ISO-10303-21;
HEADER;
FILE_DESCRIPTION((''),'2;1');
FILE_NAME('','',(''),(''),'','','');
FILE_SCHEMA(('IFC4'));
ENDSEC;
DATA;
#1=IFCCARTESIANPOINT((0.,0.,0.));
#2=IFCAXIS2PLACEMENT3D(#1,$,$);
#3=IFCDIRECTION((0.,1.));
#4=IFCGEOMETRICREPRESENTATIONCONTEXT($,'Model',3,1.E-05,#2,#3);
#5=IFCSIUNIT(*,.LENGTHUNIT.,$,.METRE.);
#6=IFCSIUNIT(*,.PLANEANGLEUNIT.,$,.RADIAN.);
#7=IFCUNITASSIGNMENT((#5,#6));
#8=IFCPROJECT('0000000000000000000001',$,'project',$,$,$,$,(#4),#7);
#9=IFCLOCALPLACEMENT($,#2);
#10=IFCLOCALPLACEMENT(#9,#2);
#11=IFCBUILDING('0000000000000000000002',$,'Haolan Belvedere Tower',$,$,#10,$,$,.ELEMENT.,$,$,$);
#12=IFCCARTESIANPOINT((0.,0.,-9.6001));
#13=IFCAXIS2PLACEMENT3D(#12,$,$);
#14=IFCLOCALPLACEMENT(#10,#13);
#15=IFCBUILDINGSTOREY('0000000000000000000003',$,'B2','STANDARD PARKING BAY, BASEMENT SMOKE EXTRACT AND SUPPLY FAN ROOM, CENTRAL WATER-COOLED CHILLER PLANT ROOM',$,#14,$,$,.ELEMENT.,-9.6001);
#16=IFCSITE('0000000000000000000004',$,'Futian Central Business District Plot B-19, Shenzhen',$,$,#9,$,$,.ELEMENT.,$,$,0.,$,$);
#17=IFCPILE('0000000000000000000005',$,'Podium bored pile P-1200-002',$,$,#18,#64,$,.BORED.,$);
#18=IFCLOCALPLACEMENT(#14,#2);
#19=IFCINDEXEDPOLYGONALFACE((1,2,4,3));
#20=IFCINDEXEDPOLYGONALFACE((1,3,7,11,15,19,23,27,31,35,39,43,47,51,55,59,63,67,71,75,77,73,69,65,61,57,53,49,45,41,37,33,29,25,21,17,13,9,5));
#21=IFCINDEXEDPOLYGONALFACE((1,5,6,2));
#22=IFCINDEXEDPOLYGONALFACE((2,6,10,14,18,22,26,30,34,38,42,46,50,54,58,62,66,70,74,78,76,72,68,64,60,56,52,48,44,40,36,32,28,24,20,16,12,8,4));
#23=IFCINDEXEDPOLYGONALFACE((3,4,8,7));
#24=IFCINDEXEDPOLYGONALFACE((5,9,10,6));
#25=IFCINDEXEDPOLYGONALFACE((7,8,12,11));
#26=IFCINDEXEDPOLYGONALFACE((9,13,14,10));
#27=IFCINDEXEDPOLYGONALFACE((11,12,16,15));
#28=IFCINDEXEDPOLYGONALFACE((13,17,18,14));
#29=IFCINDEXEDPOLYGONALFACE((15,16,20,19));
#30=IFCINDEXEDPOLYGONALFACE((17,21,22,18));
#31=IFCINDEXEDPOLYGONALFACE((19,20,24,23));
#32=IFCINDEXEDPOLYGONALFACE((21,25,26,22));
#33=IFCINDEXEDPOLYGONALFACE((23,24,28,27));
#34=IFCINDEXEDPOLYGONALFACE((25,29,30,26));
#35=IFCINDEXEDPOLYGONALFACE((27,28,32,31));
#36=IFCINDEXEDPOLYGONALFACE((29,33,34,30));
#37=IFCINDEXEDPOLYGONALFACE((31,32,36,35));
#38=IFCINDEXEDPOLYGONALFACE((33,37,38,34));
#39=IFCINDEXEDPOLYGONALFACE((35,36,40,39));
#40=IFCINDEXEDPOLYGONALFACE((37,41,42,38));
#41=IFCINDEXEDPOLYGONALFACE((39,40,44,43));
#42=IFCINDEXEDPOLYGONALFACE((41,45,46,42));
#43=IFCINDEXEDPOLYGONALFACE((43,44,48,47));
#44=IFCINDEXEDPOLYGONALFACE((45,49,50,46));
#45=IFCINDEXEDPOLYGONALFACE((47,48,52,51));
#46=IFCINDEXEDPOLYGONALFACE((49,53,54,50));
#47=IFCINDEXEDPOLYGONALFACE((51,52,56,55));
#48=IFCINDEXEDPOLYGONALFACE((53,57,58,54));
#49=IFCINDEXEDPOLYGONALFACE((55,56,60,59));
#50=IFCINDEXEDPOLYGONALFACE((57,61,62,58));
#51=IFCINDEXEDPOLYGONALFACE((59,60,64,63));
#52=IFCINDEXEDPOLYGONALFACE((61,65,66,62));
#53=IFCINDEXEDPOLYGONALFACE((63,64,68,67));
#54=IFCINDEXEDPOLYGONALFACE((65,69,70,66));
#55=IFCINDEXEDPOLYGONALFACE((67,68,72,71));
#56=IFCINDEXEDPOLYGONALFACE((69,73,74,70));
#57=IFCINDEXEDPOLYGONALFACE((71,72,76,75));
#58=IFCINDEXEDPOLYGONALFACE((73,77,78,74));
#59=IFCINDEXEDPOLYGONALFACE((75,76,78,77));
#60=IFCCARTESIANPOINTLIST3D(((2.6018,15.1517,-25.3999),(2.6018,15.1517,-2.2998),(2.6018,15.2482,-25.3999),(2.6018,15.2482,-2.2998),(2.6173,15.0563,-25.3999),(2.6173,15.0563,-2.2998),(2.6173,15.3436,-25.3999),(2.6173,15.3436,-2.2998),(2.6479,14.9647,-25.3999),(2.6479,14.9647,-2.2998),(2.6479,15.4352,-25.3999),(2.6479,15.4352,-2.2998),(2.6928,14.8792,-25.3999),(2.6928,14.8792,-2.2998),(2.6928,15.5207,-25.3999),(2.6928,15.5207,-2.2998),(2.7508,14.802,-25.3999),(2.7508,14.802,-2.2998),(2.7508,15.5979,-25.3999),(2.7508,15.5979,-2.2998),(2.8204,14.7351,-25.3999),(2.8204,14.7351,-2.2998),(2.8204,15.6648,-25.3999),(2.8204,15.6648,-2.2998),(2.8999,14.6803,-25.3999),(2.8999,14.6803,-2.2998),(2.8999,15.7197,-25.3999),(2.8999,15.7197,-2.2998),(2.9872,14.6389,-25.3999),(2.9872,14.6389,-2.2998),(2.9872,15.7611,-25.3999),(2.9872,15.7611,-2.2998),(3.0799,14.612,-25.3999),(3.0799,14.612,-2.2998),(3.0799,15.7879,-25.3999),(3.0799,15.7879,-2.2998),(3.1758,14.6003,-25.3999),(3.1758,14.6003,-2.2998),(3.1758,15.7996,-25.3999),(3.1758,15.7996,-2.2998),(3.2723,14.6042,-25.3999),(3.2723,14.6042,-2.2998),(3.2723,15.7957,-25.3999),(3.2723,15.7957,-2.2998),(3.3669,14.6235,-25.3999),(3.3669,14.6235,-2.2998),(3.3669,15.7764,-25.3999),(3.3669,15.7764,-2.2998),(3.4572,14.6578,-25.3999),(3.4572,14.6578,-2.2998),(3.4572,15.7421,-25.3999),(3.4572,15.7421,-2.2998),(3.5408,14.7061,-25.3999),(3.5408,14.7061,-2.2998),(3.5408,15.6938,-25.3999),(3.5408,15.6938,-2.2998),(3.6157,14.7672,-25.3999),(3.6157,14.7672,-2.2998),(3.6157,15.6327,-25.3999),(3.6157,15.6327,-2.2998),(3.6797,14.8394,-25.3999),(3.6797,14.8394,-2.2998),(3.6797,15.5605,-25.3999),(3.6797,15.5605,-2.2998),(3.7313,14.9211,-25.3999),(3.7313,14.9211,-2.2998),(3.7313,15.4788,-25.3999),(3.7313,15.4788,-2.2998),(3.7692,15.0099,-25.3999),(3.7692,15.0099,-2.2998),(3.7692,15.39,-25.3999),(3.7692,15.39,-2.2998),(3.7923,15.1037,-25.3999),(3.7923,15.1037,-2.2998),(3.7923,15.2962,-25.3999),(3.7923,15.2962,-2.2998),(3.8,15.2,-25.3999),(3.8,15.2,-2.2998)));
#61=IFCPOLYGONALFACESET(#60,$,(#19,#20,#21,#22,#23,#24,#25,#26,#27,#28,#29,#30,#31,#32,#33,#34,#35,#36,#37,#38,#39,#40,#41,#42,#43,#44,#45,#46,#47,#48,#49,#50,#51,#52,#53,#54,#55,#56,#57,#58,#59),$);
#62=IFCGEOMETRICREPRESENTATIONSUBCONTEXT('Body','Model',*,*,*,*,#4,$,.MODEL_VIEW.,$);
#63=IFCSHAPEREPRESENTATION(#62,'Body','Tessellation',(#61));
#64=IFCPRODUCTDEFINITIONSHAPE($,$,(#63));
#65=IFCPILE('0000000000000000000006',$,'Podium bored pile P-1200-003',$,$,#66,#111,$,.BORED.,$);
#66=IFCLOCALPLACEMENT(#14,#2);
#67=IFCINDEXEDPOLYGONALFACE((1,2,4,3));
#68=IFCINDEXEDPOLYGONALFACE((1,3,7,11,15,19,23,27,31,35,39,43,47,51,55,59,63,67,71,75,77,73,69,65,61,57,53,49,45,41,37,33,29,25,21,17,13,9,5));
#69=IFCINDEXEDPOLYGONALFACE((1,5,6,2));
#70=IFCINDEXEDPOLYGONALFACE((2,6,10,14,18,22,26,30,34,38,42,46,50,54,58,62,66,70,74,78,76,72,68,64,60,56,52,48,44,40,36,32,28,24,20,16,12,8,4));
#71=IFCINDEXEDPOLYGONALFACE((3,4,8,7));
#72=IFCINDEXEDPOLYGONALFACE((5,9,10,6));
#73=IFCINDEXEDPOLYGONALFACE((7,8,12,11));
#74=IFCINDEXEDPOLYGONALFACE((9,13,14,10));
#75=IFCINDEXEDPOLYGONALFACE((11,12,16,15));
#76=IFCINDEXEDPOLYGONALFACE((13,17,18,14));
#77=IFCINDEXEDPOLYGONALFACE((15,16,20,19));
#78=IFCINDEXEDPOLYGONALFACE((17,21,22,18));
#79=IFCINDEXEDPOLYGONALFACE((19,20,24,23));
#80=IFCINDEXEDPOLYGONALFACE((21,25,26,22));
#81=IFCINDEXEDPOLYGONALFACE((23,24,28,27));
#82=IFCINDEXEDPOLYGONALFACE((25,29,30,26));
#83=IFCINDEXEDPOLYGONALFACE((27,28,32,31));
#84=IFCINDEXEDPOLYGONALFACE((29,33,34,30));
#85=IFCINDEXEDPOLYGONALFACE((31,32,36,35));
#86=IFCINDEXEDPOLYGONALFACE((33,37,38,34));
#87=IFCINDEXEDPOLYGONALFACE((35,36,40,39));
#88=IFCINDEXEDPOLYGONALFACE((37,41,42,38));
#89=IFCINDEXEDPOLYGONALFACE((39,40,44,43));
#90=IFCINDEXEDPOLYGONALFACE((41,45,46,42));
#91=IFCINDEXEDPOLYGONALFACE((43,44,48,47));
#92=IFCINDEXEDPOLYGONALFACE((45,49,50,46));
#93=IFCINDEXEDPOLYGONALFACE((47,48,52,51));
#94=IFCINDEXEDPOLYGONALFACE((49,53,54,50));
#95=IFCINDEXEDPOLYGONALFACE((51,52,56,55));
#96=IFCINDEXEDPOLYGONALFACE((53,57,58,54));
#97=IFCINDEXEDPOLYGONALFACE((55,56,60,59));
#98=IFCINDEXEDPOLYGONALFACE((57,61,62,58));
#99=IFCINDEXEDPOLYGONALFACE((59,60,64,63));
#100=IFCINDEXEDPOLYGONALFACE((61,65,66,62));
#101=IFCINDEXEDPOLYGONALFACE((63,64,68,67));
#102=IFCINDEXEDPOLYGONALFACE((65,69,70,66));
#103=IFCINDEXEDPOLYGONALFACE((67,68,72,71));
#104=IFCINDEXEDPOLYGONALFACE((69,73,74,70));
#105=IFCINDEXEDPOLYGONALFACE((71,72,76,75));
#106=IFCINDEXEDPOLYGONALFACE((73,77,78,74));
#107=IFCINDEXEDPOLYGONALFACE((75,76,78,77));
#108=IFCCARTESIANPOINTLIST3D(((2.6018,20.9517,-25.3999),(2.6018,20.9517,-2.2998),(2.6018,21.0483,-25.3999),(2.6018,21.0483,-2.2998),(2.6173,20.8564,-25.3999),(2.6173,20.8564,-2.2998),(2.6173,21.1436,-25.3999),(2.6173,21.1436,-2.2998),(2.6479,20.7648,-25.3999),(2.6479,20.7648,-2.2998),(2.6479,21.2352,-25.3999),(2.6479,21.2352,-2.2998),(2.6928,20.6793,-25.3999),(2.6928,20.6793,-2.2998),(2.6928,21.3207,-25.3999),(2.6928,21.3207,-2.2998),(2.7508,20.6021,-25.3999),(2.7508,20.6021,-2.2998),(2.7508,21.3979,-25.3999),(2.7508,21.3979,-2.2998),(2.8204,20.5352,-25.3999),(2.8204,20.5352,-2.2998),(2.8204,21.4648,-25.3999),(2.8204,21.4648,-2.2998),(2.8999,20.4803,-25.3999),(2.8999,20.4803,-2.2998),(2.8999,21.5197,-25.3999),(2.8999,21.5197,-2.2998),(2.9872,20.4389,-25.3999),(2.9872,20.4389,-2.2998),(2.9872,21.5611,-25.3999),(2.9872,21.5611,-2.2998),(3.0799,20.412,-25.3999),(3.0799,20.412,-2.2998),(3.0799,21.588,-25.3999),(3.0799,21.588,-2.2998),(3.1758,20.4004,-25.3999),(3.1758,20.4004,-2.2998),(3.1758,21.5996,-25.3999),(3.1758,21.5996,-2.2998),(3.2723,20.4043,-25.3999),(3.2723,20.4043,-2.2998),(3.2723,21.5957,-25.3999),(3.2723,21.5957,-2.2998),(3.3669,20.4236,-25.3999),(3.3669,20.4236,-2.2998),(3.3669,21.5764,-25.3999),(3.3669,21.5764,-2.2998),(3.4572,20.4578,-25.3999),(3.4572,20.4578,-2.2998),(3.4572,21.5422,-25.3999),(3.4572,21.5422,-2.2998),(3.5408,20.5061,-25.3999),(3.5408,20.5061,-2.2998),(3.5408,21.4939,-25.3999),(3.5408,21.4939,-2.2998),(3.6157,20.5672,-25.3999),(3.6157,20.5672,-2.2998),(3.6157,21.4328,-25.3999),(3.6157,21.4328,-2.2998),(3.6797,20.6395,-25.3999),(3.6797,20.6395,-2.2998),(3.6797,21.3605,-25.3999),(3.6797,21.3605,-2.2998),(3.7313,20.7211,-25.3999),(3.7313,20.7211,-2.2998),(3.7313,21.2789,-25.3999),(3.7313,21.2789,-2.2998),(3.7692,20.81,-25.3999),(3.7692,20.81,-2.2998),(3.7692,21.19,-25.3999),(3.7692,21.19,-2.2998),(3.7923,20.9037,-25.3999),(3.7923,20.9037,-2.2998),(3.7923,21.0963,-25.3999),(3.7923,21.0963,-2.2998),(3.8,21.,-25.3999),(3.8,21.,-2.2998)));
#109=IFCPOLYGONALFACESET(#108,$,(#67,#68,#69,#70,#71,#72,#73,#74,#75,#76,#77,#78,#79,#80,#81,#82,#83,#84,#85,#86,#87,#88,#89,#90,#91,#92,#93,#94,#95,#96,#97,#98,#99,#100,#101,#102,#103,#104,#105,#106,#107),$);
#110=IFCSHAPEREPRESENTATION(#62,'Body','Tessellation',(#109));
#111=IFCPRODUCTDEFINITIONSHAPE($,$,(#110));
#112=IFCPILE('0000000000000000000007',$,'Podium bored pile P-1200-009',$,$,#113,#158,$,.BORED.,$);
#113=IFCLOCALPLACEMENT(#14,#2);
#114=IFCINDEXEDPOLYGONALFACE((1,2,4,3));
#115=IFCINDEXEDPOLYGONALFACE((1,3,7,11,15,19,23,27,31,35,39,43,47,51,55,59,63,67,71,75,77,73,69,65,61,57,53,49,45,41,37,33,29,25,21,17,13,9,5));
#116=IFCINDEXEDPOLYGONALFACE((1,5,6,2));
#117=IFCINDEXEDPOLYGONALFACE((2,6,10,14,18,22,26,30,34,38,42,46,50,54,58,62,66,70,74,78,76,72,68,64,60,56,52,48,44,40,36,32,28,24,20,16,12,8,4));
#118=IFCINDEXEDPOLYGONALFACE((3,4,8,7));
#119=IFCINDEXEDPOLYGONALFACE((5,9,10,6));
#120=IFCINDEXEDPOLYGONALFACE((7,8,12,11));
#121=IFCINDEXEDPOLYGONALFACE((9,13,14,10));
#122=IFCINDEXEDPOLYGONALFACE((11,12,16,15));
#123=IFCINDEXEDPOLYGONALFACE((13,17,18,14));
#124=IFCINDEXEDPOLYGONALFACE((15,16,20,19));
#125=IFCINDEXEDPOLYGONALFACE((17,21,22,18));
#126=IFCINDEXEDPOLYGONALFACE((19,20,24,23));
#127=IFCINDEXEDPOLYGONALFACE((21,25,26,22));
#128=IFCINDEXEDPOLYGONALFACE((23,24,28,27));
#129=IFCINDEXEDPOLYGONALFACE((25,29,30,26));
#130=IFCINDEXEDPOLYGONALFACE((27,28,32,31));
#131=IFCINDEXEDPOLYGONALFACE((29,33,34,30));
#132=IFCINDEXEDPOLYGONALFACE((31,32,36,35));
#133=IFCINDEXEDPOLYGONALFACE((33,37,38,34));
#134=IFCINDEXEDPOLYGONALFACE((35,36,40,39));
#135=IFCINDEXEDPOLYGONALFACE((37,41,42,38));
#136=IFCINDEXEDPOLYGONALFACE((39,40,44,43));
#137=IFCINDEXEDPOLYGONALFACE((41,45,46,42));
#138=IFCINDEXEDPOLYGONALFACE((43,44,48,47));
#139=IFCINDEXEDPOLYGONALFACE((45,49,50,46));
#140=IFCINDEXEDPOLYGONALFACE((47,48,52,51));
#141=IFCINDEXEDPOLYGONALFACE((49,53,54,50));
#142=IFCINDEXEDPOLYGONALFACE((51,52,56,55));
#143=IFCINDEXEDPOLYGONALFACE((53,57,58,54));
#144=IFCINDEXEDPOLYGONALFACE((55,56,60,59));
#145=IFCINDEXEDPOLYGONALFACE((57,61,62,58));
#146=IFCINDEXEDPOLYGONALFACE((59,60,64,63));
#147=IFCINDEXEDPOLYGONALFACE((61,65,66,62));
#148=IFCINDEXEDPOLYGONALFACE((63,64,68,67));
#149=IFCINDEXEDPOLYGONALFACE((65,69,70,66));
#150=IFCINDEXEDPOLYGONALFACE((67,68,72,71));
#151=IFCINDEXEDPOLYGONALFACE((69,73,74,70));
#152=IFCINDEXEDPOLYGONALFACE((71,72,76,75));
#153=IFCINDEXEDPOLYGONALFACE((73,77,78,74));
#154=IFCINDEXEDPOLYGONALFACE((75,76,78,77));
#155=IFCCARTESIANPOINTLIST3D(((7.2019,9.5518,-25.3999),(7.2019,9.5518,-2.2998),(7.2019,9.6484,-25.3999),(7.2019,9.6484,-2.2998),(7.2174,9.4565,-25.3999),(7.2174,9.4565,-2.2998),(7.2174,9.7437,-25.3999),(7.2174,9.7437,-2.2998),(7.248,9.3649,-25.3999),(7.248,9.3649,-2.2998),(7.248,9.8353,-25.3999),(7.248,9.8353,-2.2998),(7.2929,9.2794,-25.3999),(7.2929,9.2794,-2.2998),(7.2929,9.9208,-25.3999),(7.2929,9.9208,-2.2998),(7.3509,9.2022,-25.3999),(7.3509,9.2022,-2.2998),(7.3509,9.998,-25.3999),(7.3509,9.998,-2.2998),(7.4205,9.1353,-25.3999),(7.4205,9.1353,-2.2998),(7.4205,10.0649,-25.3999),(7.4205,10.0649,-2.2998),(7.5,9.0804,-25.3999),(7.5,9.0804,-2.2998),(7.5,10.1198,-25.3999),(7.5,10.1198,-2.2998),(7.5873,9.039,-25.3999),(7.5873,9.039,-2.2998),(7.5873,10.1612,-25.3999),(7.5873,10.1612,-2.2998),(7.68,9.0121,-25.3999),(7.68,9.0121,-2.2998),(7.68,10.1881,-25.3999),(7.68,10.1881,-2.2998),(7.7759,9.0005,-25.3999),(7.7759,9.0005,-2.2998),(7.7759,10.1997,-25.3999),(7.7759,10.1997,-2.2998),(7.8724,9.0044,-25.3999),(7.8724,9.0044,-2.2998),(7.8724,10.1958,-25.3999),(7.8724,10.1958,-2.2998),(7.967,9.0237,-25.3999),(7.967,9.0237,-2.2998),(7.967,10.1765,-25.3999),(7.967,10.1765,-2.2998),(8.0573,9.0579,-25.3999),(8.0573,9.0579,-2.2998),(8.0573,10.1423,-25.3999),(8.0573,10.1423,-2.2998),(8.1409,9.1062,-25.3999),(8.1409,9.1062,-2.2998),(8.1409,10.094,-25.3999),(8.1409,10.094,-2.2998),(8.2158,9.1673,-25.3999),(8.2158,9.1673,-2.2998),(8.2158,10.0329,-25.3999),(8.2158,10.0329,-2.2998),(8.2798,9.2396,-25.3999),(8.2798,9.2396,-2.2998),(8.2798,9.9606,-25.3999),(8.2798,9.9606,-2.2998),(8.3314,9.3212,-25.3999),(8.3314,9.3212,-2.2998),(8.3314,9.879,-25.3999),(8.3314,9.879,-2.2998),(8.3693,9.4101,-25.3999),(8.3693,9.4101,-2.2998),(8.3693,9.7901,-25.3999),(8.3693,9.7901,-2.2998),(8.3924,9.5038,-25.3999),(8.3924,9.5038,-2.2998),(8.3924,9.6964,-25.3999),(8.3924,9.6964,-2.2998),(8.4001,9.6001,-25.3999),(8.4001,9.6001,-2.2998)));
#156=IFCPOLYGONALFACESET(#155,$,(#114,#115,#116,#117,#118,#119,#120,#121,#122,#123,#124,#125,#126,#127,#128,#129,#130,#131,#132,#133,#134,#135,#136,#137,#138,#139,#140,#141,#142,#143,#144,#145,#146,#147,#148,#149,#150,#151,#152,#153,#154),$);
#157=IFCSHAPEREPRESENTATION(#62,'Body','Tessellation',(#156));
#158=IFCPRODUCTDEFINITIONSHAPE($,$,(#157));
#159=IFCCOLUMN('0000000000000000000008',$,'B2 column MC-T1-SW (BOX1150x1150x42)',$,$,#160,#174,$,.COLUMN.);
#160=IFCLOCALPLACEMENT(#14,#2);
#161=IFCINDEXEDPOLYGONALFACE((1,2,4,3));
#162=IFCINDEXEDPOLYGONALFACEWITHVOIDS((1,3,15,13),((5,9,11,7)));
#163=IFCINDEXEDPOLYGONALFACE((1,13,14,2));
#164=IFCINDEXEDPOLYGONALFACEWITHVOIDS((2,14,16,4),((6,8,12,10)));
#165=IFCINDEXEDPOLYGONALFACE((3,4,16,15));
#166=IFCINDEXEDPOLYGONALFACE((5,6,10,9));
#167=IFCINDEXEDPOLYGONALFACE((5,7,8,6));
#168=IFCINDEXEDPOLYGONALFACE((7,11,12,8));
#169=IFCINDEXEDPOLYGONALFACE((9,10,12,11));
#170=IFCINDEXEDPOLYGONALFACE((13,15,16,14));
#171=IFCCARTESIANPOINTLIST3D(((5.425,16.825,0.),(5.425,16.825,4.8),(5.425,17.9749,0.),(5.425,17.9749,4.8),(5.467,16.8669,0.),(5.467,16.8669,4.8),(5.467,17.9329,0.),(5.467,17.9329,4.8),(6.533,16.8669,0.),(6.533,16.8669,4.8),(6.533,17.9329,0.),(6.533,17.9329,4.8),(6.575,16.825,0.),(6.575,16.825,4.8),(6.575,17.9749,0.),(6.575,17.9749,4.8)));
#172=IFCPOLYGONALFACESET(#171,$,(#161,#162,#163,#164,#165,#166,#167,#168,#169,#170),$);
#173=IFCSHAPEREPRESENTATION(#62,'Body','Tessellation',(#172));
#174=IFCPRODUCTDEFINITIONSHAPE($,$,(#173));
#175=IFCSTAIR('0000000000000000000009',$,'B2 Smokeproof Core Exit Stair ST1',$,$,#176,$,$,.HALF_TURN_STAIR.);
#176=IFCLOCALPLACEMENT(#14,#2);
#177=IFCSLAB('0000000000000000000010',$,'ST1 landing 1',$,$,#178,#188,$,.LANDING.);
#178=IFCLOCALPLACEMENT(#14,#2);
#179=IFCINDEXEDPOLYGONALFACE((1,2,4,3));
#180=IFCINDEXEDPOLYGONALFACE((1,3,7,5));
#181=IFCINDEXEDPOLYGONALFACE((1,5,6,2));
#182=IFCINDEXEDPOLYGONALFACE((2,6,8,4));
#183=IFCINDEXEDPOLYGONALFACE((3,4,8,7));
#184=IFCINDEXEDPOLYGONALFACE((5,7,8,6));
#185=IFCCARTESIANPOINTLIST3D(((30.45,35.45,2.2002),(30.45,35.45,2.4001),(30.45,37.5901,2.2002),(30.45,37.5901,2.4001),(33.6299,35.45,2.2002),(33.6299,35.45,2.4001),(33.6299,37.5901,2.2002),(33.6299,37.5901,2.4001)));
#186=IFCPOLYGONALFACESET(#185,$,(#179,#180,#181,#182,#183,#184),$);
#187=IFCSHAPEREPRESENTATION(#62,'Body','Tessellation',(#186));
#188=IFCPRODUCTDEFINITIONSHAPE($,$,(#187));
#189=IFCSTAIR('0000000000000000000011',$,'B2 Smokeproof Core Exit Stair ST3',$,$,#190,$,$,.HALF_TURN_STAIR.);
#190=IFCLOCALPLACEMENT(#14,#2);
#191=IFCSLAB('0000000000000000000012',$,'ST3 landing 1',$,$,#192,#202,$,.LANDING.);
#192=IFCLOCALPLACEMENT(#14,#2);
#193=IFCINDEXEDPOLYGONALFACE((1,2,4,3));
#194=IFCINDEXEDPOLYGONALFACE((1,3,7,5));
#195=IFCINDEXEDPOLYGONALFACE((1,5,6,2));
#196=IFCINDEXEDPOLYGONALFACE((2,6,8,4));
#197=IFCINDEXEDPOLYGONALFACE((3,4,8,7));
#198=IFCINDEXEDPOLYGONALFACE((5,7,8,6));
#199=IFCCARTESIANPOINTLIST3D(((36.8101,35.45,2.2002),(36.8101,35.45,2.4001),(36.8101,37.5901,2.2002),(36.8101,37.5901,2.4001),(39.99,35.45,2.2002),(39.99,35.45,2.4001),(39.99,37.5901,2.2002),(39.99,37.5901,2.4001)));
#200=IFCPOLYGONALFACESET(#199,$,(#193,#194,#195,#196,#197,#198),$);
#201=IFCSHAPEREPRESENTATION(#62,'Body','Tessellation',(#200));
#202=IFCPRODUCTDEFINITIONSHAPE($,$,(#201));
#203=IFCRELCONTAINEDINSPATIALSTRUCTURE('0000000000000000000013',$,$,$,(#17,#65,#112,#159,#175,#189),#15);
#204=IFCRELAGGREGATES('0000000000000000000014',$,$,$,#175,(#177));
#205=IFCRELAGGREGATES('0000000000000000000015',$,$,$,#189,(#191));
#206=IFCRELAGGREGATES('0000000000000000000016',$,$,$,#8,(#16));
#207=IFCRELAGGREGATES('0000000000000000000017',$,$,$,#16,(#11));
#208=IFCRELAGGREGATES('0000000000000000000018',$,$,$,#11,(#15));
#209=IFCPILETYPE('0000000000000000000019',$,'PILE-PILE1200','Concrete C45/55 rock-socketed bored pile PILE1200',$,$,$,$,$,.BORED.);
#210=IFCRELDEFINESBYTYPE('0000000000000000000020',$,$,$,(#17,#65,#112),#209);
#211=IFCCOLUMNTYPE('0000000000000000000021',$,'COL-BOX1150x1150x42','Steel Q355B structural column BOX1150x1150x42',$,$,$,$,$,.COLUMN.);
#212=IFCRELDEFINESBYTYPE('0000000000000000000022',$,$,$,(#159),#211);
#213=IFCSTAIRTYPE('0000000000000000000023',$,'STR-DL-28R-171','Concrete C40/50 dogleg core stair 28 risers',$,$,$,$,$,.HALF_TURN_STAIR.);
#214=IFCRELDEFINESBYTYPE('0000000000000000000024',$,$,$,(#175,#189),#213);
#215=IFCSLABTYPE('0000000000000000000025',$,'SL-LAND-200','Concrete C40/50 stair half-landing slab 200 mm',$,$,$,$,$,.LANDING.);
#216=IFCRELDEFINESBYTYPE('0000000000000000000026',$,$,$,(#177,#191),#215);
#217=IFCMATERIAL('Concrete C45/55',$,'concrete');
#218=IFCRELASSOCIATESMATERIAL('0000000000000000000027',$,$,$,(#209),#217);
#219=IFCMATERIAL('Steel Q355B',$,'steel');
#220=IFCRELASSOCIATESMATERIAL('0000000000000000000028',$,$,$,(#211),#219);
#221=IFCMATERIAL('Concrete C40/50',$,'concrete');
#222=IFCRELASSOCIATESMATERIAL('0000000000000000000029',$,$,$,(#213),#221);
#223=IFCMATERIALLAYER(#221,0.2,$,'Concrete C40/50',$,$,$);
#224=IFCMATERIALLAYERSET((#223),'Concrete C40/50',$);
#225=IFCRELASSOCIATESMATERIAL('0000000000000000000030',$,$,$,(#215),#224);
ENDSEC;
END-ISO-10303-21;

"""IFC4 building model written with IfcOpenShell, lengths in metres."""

from ifc_helpers import new_model, si_unit, direction, frame, origin, origin_2d, place, context, subcontext, project, spatial, polyline, hollow_rectangle, circle, outline, extrude, material, layer, layer_set, material_profile, profile_set, type_object, element, aggregate, save


model = new_model("IFC4")

# Units and contexts
model_context = context("Model", 3, precision=1e-05, world=origin(), true_north=direction((0.0, 1.0)))
body_context = subcontext(model_context, "Body", "Model", "MODEL_VIEW")
ifc_project = project(units=[si_unit("LENGTHUNIT", "METRE"), si_unit("PLANEANGLEUNIT", "RADIAN")], contexts=[model_context])

# Site, building, storey
site_placement = place(None, origin())
site = spatial("IfcSite", under=ifc_project, at=site_placement, Name="Futian Central Business District Plot B-19, Shenzhen", CompositionType="ELEMENT", RefElevation=0.0)
building_placement = place(site_placement, origin())
building = spatial("IfcBuilding", under=site, at=building_placement, Name="Haolan Belvedere Tower", CompositionType="ELEMENT")
storey_placement = place(building_placement, frame((0.0, 0.0, -9.6001)))
storey = spatial("IfcBuildingStorey", under=building, at=storey_placement, Name="B2", Description="STANDARD PARKING BAY, BASEMENT SMOKE EXTRACT AND SUPPLY FAN ROOM, CENTRAL WATER-COOLED CHILLER PLANT ROOM", CompositionType="ELEMENT", Elevation=-9.6001)

# Piles
ifc_material_1 = material(Name="Concrete C45/55", Category="concrete")
ifc_material_profile_1 = material_profile(ifc_material_1, circle(Radius=0.6001, at=origin_2d()), Name="Concrete C45/55")
ifc_profile_set_1 = profile_set([ifc_material_profile_1], Name="Concrete C45/55")
pile_type = type_object("IfcPileType", Name="PILE-PILE1200", Description="Concrete C45/55 rock-socketed bored pile PILE1200", PredefinedType="BORED", material=ifc_profile_set_1)
for number, where, z_axis, x_axis, name in (
    (1, (3.2, 15.2, -2.2998), (0.0, 0.0, -1.0), (1.0, 0.0, 0.0), "Podium bored pile P-1200-002"),
    (2, (3.2, 21.0, -2.2998), (0.0, 0.0, -1.0), (1.0, 0.0, 0.0), "Podium bored pile P-1200-003"),
    (3, (7.8, 9.6001, -2.2998), (0.0, 0.0, -1.0), (1.0, 0.0, 0.0), "Podium bored pile P-1200-009"),
):
    element("IfcPile", number, at=place(storey_placement, frame(where, z_axis=z_axis, x_axis=x_axis)), inside=storey, type_object=pile_type, Name=name, PredefinedType="BORED", context=body_context, shape_type="SweptSolid", body=[
        extrude(circle(Radius=0.6001, at=origin_2d()), origin(), (0.0, 0.0, 1.0), 23.1001),
    ])

# Column
ifc_material_2 = material(Name="Steel Q355B", Category="steel")
ifc_material_profile_2 = material_profile(ifc_material_2, hollow_rectangle(XDim=1.1499, YDim=1.1499, WallThickness=0.042, at=origin_2d()), Name="Steel Q355B")
ifc_profile_set_2 = profile_set([ifc_material_profile_2], Name="Steel Q355B")
column_type = type_object("IfcColumnType", Name="COL-BOX1150x1150x42", Description="Steel Q355B structural column BOX1150x1150x42", PredefinedType="COLUMN", material=ifc_profile_set_2)
column_placement = place(storey_placement, frame((6.0, 17.3999, 0.0), z_axis=(0.0, 0.0, 1.0), x_axis=(1.0, 0.0, 0.0)))
element("IfcColumn", 4, at=column_placement, inside=storey, type_object=column_type, Name="B2 column MC-T1-SW (BOX1150x1150x42)", PredefinedType="COLUMN", context=body_context, shape_type="SweptSolid", body=[
    extrude(hollow_rectangle(XDim=1.1499, YDim=1.1499, WallThickness=0.042, at=origin_2d()), origin(), (0.0, 0.0, 1.0), 4.8),
])

# Stairs, slabs
ifc_material_3 = material(Name="Concrete C40/50", Category="concrete")
stair_type = type_object("IfcStairType", Name="STR-DL-28R-171", Description="Concrete C40/50 dogleg core stair 28 risers", PredefinedType="HALF_TURN_STAIR", material=ifc_material_3)
stair_1_placement = place(storey_placement, origin())
stair_1 = element("IfcStair", 5, at=stair_1_placement, inside=storey, type_object=stair_type, Name="B2 Smokeproof Core Exit Stair ST1", PredefinedType="HALF_TURN_STAIR")
ifc_layer_1 = layer(ifc_material_3, 0.2, Name="Concrete C40/50")
ifc_layer_set_1 = layer_set([ifc_layer_1], Name="Concrete C40/50")
slab_type_1 = type_object("IfcSlabType", Name="SL-LAND-200", Description="Concrete C40/50 stair half-landing slab 200 mm", PredefinedType="LANDING", material=ifc_layer_set_1)
slab_1_placement = place(storey_placement, frame((0.0, 0.0, 2.2002)))
slab_1 = element("IfcSlab", 6, at=slab_1_placement, type_object=slab_type_1, Name="ST1 landing 1", PredefinedType="LANDING", context=body_context, shape_type="SweptSolid", body=[
    extrude(outline(polyline([(30.45, 37.5901), (30.45, 35.45), (33.6299, 35.45), (33.6299, 37.5901), (30.45, 37.5901)])), origin(), (0.0, 0.0, 1.0), 0.2),
])
aggregate(stair_1, [slab_1])
stair_2_placement = place(storey_placement, origin())
stair_2 = element("IfcStair", 7, at=stair_2_placement, inside=storey, type_object=stair_type, Name="B2 Smokeproof Core Exit Stair ST3", PredefinedType="HALF_TURN_STAIR")
slab_2_placement = place(storey_placement, frame((0.0, 0.0, 2.2002)))
slab_2 = element("IfcSlab", 8, at=slab_2_placement, type_object=slab_type_1, Name="ST3 landing 1", PredefinedType="LANDING", context=body_context, shape_type="SweptSolid", body=[
    extrude(outline(polyline([(36.8101, 37.5901), (36.8101, 35.45), (39.99, 35.45), (39.99, 37.5901), (36.8101, 37.5901)])), origin(), (0.0, 0.0, 1.0), 0.2),
])
aggregate(stair_2, [slab_2])

save(model, "model.ifc")
